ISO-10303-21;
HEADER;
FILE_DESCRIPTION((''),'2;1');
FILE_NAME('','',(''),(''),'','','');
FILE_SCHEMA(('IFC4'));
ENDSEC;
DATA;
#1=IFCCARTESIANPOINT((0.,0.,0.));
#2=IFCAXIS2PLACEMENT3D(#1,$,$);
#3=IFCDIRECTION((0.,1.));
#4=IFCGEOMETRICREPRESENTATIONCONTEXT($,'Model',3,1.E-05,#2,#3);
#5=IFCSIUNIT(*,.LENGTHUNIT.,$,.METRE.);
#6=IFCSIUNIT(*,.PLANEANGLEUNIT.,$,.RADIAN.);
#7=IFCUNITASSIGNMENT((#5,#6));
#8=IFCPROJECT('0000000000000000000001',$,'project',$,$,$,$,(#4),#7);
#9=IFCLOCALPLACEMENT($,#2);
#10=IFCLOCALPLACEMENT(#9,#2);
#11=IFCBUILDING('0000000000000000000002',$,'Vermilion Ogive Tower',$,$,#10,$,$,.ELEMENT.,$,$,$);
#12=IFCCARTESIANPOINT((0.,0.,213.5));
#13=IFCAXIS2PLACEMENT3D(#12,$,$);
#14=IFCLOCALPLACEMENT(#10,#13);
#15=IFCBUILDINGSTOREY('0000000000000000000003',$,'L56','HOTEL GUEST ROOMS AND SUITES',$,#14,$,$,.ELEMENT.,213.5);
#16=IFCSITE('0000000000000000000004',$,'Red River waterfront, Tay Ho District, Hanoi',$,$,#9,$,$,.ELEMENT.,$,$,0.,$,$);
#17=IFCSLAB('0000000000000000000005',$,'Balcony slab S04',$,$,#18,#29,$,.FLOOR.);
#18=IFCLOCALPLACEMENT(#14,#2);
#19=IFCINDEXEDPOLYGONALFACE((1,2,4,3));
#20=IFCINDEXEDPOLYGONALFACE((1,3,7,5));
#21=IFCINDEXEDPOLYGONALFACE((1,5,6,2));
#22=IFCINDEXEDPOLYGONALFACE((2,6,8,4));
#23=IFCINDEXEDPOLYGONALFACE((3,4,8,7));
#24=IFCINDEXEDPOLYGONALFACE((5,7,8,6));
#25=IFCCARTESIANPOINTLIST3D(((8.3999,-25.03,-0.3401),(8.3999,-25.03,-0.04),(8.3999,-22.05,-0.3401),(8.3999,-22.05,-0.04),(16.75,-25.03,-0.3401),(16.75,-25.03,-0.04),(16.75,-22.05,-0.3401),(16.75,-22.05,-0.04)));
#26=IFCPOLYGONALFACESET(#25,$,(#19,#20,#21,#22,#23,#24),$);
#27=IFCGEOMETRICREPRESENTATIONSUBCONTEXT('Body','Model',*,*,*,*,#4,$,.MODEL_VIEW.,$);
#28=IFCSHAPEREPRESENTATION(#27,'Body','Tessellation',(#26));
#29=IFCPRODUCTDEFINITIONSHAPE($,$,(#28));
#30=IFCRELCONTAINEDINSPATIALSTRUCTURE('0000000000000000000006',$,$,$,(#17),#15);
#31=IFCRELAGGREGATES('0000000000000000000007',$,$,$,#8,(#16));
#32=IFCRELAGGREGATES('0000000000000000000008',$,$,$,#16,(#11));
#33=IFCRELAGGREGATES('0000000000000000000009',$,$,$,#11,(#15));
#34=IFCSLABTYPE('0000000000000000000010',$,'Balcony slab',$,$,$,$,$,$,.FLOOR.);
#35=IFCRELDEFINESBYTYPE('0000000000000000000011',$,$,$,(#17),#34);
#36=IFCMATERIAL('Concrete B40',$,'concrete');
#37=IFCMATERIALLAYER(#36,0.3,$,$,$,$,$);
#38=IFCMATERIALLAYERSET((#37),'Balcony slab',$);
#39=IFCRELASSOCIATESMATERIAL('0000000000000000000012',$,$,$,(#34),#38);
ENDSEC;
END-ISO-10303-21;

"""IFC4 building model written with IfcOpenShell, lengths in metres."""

from ifc_helpers import new_model, si_unit, direction, frame, origin, place, context, subcontext, project, spatial, polyline, outline, extrude, material, layer, layer_set, type_object, element, save


model = new_model("IFC4")

# Units and contexts
model_context = context("Model", 3, precision=1e-05, world=origin(), true_north=direction((0.0, 1.0)))
body_context = subcontext(model_context, "Body", "Model", "MODEL_VIEW")
ifc_project = project(units=[si_unit("LENGTHUNIT", "METRE"), si_unit("PLANEANGLEUNIT", "RADIAN")], contexts=[model_context])

# Site, building, storey
site_placement = place(None, origin())
site = spatial("IfcSite", under=ifc_project, at=site_placement, Name="Red River waterfront, Tay Ho District, Hanoi", CompositionType="ELEMENT", RefElevation=0.0)
building_placement = place(site_placement, origin())
building = spatial("IfcBuilding", under=site, at=building_placement, Name="Vermilion Ogive Tower", CompositionType="ELEMENT")
storey_placement = place(building_placement, frame((0.0, 0.0, 213.5)))
storey = spatial("IfcBuildingStorey", under=building, at=storey_placement, Name="L56", Description="HOTEL GUEST ROOMS AND SUITES", CompositionType="ELEMENT", Elevation=213.5)

# Slab
ifc_material_1 = material(Name="Concrete B40", Category="concrete")
ifc_layer_1 = layer(ifc_material_1, 0.3)
ifc_layer_set_1 = layer_set([ifc_layer_1], Name="Balcony slab")
slab_type_1 = type_object("IfcSlabType", Name="Balcony slab", PredefinedType="FLOOR", material=ifc_layer_set_1)
slab_1_placement = place(storey_placement, frame((0.0, 0.0, -0.3401)))
element("IfcSlab", 1, at=slab_1_placement, inside=storey, type_object=slab_type_1, Name="Balcony slab S04", PredefinedType="FLOOR", context=body_context, shape_type="SweptSolid", body=[
    extrude(outline(polyline([(8.3999, -25.03), (16.75, -25.03), (16.75, -22.05), (8.3999, -22.05), (8.3999, -25.03)])), origin(), (0.0, 0.0, 1.0), 0.3),
])

save(model, "model.ifc")
